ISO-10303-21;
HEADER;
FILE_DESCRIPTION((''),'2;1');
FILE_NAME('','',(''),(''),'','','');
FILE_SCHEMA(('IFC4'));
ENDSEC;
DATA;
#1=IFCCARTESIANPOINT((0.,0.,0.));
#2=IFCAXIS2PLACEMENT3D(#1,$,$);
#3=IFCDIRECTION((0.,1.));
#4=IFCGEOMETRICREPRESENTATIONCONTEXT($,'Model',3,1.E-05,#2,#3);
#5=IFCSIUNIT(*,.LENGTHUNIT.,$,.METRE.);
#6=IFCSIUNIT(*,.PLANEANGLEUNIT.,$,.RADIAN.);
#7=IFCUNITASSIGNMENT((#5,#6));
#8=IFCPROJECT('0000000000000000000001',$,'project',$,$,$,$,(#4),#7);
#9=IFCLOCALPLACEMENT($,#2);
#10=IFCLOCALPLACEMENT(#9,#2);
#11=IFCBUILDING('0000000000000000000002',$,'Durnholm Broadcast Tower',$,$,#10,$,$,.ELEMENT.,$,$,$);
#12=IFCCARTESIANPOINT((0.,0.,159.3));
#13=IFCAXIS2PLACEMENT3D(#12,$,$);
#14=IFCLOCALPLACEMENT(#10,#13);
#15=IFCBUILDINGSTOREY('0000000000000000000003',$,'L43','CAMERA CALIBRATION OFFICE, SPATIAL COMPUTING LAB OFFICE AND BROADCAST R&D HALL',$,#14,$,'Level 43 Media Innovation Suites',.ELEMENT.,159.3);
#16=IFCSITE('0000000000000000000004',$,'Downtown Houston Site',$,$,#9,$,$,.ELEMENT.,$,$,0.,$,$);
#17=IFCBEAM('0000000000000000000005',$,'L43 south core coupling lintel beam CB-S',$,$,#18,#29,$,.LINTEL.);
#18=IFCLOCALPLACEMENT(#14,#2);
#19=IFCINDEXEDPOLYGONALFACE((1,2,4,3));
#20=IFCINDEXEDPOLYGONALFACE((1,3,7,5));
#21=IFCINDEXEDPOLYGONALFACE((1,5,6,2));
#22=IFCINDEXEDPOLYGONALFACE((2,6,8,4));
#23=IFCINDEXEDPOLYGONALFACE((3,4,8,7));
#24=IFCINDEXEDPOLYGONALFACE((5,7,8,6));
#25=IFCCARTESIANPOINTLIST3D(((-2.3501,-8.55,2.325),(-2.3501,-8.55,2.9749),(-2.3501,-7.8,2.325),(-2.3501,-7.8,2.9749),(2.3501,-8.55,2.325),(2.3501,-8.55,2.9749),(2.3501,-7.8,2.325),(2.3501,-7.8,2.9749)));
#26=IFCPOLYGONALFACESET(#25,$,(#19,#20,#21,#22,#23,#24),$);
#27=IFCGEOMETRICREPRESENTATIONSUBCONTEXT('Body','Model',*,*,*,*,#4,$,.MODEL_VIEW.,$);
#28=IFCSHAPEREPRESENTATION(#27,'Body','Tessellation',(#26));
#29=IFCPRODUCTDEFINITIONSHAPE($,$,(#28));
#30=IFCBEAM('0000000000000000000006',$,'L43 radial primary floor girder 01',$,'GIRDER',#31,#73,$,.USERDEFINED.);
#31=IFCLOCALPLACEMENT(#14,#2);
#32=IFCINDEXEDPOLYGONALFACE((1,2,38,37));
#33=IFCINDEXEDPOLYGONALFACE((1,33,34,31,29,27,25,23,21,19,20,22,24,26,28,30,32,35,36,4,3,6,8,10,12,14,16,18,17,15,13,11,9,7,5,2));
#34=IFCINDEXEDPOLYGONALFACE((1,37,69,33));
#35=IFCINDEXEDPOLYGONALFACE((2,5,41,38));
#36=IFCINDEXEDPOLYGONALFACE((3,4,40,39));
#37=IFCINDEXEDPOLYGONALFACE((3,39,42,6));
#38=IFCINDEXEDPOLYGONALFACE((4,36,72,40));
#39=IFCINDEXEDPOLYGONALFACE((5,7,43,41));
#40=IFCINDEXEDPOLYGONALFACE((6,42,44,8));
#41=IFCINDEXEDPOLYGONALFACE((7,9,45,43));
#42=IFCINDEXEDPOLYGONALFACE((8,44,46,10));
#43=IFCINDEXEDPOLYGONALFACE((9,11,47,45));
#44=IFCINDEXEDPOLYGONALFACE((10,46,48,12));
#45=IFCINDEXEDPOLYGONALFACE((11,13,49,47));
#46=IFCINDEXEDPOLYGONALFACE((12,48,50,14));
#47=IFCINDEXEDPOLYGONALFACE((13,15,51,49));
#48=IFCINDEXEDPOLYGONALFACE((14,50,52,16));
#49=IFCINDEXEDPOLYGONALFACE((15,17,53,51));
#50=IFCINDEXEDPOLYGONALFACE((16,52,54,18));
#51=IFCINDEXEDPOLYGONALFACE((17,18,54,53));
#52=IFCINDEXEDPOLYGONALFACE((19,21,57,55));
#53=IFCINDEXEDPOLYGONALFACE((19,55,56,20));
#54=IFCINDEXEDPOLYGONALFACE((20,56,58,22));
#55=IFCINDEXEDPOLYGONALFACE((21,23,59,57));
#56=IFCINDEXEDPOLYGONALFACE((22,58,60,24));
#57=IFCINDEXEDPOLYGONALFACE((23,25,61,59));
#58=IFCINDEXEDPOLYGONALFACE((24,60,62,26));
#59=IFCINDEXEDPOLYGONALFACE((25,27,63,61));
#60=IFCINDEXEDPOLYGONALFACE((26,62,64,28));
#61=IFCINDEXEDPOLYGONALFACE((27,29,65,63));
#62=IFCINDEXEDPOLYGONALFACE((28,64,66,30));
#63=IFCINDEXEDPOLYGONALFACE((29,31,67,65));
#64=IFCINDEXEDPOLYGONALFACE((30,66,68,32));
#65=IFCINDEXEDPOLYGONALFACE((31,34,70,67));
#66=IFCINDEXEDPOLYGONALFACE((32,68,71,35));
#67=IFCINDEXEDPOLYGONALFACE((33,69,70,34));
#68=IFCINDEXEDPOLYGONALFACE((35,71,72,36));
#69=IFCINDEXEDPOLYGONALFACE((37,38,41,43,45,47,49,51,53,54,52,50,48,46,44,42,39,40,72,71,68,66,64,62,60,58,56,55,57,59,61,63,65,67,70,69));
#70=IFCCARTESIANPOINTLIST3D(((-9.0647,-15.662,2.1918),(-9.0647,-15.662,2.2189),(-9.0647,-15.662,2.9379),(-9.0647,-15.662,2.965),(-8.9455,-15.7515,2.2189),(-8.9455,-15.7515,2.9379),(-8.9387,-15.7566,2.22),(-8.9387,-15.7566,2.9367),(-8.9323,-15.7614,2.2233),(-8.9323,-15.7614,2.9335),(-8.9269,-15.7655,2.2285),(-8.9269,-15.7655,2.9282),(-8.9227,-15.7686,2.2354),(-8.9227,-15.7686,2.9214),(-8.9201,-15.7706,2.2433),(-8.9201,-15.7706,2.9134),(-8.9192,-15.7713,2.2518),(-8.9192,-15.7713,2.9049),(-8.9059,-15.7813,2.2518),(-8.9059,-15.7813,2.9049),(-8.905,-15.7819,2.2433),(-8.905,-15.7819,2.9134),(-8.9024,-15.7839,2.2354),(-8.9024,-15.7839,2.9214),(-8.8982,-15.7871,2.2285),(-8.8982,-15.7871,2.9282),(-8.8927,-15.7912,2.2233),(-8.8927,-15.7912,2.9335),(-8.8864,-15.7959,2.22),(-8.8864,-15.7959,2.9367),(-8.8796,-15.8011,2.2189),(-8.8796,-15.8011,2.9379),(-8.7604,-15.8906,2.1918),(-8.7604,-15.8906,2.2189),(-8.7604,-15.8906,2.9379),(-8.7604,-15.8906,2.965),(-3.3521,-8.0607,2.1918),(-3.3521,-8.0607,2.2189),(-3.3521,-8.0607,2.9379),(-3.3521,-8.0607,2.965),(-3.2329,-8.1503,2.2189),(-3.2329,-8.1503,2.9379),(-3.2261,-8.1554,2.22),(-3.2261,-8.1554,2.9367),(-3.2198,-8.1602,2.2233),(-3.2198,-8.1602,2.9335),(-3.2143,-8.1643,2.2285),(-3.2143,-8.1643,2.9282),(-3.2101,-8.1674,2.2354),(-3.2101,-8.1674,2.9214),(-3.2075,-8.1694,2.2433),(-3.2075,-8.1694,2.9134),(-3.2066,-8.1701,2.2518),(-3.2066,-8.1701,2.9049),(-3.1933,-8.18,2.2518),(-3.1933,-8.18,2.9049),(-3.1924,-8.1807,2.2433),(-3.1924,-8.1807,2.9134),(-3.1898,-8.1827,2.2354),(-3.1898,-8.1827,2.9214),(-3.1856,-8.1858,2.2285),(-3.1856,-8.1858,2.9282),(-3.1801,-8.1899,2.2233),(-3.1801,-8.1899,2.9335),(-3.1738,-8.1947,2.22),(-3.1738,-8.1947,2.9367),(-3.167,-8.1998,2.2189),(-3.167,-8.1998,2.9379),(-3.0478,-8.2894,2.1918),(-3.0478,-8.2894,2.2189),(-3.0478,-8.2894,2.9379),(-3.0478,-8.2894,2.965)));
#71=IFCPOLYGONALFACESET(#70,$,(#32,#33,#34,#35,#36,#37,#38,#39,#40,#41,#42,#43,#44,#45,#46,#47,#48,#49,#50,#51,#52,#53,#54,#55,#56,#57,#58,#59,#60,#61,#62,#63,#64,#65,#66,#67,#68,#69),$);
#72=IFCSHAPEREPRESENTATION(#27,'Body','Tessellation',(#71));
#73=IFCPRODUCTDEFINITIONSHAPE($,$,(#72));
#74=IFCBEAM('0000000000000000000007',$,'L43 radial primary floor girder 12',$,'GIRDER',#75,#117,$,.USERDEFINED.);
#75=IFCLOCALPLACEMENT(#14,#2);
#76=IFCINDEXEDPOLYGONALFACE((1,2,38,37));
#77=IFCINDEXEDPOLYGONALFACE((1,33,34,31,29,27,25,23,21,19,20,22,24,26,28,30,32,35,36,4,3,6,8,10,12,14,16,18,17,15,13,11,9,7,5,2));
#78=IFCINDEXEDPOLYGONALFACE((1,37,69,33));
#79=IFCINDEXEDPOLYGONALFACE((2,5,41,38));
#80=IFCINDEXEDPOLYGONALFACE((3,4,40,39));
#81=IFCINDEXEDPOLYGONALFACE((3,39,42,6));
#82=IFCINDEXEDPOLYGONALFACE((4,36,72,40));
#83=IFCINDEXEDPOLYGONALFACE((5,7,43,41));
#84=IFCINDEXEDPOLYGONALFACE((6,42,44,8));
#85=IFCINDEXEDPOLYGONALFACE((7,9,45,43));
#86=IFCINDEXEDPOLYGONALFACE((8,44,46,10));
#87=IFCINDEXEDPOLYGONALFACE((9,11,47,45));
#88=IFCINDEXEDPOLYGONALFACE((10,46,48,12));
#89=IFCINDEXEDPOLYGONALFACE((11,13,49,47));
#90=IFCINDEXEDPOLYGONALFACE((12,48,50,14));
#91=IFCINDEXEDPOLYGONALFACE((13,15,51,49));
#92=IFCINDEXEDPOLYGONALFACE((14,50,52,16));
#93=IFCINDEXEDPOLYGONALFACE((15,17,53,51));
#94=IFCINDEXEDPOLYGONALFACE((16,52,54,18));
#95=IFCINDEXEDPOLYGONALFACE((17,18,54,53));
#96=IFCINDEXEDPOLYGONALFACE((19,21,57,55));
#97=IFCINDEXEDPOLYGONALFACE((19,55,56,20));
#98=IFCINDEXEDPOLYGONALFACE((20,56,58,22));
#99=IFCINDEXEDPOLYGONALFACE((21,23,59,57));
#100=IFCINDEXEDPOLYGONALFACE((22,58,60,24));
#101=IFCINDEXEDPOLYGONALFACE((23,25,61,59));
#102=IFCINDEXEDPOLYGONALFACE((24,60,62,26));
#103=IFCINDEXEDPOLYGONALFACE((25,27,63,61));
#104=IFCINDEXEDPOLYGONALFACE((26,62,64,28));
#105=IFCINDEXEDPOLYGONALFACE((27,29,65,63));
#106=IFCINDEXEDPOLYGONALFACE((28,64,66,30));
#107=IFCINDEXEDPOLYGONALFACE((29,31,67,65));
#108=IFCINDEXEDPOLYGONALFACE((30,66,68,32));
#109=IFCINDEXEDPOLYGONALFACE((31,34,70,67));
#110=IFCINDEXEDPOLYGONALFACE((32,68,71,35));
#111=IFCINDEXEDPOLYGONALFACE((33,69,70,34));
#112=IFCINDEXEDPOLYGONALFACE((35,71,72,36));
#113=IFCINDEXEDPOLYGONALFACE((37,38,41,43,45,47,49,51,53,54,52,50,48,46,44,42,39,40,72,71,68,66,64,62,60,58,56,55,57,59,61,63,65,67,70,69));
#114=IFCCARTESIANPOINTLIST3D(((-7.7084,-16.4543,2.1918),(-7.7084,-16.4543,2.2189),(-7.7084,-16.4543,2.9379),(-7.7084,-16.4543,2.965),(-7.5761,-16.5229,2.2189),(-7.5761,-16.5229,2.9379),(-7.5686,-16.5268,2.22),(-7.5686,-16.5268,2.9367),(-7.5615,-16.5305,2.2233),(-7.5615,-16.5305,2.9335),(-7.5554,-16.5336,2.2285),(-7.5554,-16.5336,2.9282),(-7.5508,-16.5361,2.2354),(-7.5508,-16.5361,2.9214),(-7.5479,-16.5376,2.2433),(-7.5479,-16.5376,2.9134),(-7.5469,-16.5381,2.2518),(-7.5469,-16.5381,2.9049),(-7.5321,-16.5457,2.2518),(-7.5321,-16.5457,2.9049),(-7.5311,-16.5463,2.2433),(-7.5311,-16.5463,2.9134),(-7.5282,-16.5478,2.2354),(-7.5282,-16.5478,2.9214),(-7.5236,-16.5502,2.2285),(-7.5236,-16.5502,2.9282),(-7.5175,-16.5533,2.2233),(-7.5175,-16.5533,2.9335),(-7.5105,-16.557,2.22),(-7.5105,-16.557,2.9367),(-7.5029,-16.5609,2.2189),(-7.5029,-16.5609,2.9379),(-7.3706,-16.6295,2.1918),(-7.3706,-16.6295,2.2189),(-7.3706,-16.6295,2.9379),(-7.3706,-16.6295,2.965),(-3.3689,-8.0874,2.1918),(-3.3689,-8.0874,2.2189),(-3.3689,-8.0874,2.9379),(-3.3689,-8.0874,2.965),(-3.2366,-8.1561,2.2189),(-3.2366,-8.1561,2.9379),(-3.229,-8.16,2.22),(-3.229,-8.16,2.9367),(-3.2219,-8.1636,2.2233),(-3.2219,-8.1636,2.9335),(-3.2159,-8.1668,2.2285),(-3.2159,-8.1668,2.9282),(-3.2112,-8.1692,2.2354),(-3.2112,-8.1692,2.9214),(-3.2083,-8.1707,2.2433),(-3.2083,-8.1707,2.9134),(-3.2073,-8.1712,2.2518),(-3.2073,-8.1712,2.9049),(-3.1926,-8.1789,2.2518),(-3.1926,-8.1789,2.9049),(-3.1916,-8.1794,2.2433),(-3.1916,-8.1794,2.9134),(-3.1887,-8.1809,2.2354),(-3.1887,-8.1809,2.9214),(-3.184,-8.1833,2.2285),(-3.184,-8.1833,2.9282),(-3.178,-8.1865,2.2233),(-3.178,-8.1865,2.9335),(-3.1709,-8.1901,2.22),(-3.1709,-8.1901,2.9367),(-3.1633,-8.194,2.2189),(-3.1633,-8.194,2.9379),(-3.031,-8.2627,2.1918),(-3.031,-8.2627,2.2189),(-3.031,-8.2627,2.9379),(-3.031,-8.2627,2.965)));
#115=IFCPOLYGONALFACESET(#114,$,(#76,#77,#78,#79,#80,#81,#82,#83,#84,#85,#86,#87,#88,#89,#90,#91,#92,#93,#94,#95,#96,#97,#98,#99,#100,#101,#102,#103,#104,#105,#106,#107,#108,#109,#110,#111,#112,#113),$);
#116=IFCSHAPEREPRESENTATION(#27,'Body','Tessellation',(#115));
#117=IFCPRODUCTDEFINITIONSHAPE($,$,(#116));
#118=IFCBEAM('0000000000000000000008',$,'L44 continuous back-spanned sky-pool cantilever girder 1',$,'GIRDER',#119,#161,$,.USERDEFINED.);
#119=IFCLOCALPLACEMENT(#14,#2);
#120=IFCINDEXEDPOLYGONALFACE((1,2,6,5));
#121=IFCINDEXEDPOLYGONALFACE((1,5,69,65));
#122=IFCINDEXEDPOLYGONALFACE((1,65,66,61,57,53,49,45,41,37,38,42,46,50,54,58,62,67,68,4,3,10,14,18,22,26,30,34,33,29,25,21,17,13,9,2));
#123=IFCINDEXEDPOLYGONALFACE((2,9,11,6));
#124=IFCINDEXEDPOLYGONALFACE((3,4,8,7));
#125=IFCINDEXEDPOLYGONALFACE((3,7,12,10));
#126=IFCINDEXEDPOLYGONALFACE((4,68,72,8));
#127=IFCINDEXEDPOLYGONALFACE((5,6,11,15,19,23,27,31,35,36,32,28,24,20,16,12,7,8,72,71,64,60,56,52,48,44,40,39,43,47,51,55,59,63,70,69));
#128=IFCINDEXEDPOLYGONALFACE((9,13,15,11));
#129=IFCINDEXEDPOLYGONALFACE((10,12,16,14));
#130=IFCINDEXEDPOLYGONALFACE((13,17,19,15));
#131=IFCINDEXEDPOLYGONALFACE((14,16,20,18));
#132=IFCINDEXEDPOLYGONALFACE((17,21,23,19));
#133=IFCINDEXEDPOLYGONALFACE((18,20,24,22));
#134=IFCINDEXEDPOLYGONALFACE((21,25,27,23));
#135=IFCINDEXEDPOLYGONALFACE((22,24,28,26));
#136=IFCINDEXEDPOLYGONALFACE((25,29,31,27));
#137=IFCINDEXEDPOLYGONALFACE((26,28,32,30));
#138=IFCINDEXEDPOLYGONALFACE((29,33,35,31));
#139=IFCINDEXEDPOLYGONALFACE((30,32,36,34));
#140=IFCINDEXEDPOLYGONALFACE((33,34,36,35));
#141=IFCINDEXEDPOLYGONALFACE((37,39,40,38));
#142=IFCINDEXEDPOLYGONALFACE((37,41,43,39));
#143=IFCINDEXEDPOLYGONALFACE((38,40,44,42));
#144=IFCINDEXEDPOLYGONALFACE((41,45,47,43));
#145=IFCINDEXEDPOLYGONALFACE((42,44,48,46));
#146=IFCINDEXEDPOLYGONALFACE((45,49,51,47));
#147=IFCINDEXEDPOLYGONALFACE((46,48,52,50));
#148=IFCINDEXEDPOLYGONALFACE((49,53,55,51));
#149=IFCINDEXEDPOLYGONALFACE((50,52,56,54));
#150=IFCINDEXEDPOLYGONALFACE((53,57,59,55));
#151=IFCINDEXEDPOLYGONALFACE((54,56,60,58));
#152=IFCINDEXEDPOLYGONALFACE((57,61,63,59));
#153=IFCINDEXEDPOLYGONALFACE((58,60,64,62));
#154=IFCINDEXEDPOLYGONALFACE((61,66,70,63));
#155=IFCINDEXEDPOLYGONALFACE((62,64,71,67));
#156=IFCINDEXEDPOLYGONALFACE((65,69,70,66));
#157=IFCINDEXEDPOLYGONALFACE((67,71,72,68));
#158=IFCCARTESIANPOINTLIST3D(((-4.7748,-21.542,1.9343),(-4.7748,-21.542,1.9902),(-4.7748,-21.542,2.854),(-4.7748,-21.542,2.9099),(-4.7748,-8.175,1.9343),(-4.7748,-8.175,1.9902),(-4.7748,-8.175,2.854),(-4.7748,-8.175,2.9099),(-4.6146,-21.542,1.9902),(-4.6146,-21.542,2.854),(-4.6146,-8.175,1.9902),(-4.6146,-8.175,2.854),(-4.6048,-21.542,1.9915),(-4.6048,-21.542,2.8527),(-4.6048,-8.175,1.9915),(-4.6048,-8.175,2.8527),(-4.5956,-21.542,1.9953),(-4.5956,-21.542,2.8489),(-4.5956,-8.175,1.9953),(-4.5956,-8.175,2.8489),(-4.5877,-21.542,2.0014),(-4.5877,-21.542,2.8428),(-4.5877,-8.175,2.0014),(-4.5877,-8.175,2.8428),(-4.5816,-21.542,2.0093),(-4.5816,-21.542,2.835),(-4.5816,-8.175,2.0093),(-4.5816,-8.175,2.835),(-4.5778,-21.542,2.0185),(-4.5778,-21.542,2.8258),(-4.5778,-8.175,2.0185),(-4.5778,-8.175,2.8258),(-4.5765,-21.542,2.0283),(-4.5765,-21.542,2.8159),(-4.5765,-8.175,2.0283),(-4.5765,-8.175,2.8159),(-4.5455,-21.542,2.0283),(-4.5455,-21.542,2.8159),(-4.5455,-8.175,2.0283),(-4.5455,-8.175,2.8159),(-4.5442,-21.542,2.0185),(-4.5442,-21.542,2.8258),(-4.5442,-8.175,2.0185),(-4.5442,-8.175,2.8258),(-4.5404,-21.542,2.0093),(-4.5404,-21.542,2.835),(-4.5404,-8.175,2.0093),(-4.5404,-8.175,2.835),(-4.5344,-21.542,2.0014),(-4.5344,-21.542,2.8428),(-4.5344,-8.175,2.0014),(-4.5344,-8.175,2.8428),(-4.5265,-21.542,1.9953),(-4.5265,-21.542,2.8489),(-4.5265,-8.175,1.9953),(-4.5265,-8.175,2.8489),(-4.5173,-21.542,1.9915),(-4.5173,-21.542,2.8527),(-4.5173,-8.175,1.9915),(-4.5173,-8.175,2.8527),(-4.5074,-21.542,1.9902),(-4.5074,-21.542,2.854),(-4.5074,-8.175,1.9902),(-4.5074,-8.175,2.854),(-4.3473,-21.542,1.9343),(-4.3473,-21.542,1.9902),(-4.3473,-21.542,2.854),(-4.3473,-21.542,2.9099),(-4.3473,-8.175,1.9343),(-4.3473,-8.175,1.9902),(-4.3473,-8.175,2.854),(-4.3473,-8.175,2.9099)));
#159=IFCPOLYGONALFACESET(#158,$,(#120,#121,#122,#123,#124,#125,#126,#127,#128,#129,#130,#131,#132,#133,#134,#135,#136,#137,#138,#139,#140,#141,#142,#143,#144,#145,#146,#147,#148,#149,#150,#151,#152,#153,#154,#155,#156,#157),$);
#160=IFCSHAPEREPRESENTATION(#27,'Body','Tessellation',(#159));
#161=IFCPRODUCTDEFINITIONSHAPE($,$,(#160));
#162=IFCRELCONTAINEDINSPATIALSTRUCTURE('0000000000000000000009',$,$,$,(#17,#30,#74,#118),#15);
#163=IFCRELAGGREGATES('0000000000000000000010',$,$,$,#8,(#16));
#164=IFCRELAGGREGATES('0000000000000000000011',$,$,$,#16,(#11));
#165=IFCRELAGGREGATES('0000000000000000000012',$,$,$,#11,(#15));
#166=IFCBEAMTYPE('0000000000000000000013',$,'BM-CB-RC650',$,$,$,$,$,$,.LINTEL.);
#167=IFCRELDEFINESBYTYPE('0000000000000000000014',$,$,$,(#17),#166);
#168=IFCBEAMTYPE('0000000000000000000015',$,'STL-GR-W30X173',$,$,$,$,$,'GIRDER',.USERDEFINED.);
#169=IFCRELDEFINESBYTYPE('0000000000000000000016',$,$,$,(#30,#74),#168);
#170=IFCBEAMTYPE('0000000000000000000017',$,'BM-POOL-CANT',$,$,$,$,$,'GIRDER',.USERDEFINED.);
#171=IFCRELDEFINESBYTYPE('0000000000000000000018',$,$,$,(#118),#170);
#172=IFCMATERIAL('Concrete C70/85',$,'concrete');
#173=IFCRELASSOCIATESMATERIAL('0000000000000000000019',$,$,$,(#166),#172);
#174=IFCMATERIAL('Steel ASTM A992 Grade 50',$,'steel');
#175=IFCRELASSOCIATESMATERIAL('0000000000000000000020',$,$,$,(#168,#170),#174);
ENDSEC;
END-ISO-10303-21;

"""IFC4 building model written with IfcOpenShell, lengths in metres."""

from ifc_helpers import new_model, si_unit, direction, frame, origin, origin_2d, place, context, subcontext, project, spatial, rectangle, i_section, extrude, source, transform, mapped, material, material_profile, profile_set, type_object, type_shapes, element, save


model = new_model("IFC4")

# Units and contexts
model_context = context("Model", 3, precision=1e-05, world=origin(), true_north=direction((0.0, 1.0)))
body_context = subcontext(model_context, "Body", "Model", "MODEL_VIEW")
ifc_project = project(units=[si_unit("LENGTHUNIT", "METRE"), si_unit("PLANEANGLEUNIT", "RADIAN")], contexts=[model_context])

# Site, building, storey
site_placement = place(None, origin())
site = spatial("IfcSite", under=ifc_project, at=site_placement, Name="Downtown Houston Site", CompositionType="ELEMENT", RefElevation=0.0)
building_placement = place(site_placement, origin())
building = spatial("IfcBuilding", under=site, at=building_placement, Name="Durnholm Broadcast Tower", CompositionType="ELEMENT")
storey_placement = place(building_placement, frame((0.0, 0.0, 159.3)))
storey = spatial("IfcBuildingStorey", under=building, at=storey_placement, Name="L43", Description="CAMERA CALIBRATION OFFICE, SPATIAL COMPUTING LAB OFFICE AND BROADCAST R&D HALL", LongName="Level 43 Media Innovation Suites", CompositionType="ELEMENT", Elevation=159.3)

# Beams
ifc_material_1 = material(Name="Concrete C70/85", Category="concrete")
ifc_material_profile_1 = material_profile(ifc_material_1, rectangle(XDim=0.75, YDim=0.6499, at=origin_2d()), Name="RC750X650")
ifc_profile_set_1 = profile_set([ifc_material_profile_1], Name="Concrete C70/85")
beam_type_1 = type_object("IfcBeamType", Name="BM-CB-RC650", PredefinedType="LINTEL", material=ifc_profile_set_1)
shared_shape_1 = source(origin(), body_context, "Body", "SweptSolid", [
    extrude(rectangle(XDim=0.75, YDim=0.6499, at=origin_2d()), origin(), (0.0, 0.0, 1.0), 4.7002),
])
type_shapes(beam_type_1, [shared_shape_1])
beam_1_placement = place(storey_placement, frame((-2.3501, -8.175, 2.6499), z_axis=(1.0, 0.0, 0.0), x_axis=(0.0, 1.0, 0.0)))
element("IfcBeam", 1, at=beam_1_placement, inside=storey, type_object=beam_type_1, Name="L43 south core coupling lintel beam CB-S", PredefinedType="LINTEL", context=body_context, shape_type="MappedRepresentation", body=[
    mapped(shared_shape_1, transform((0.0, 0.0, 0.0), x_axis=(1.0, 0.0, 0.0), y_axis=(0.0, 1.0, 0.0), z_axis=(0.0, 0.0, 1.0), scale=1.0)),
])
ifc_material_2 = material(Name="Steel ASTM A992 Grade 50", Category="steel")
ifc_material_profile_2 = material_profile(ifc_material_2, i_section(OverallWidth=0.3806, OverallDepth=0.7732, WebThickness=0.0166, FlangeThickness=0.0271, FilletRadius=0.033, at=origin_2d()), Name="W30X173")
ifc_profile_set_2 = profile_set([ifc_material_profile_2], Name="Steel ASTM A992 Grade 50")
beam_type_2 = type_object("IfcBeamType", Name="STL-GR-W30X173", ElementType="GIRDER", PredefinedType="USERDEFINED", material=ifc_profile_set_2)
shared_shape_2 = source(origin(), body_context, "Body", "SweptSolid", [
    extrude(i_section(OverallWidth=0.3806, OverallDepth=0.7732, WebThickness=0.0166, FlangeThickness=0.0271, FilletRadius=0.033, at=origin_2d()), origin(), (0.0, 0.0, 1.0), 9.5085),
])
beam_2_placement = place(storey_placement, frame((-3.2, -8.175, 2.5784), z_axis=(-0.600784, -0.799411, 0.0), x_axis=(0.799411, -0.600784, 0.0)))
element("IfcBeam", 2, at=beam_2_placement, inside=storey, type_object=beam_type_2, Name="L43 radial primary floor girder 01", ObjectType="GIRDER", PredefinedType="USERDEFINED", context=body_context, shape_type="MappedRepresentation", body=[
    mapped(shared_shape_2, transform((0.0, 0.0, 0.0), x_axis=(1.0, 0.0, 0.0), y_axis=(0.0, 1.0, 0.0), z_axis=(0.0, 0.0, 1.0), scale=1.0)),
])
shared_shape_3 = source(origin(), body_context, "Body", "SweptSolid", [
    extrude(i_section(OverallWidth=0.3806, OverallDepth=0.7732, WebThickness=0.0166, FlangeThickness=0.0271, FilletRadius=0.033, at=origin_2d()), origin(), (0.0, 0.0, 1.0), 9.4253),
])
type_shapes(beam_type_2, [shared_shape_2, shared_shape_3])
beam_3_placement = place(storey_placement, frame((-3.2, -8.175, 2.5784), z_axis=(-0.460416, -0.887703, 0.0), x_axis=(0.887703, -0.460416, 0.0)))
element("IfcBeam", 3, at=beam_3_placement, inside=storey, type_object=beam_type_2, Name="L43 radial primary floor girder 12", ObjectType="GIRDER", PredefinedType="USERDEFINED", context=body_context, shape_type="MappedRepresentation", body=[
    mapped(shared_shape_3, transform((0.0, 0.0, 0.0), x_axis=(1.0, 0.0, 0.0), y_axis=(0.0, 1.0, 0.0), z_axis=(0.0, 0.0, 1.0), scale=1.0)),
])
ifc_material_profile_3 = material_profile(ifc_material_2, i_section(OverallWidth=0.4275, OverallDepth=0.9756, WebThickness=0.031, FlangeThickness=0.0559, FilletRadius=0.0381, at=origin_2d()), Name="W36X395")
ifc_profile_set_3 = profile_set([ifc_material_profile_3], Name="Steel ASTM A992 Grade 50")
beam_type_3 = type_object("IfcBeamType", Name="BM-POOL-CANT", ElementType="GIRDER", PredefinedType="USERDEFINED", material=ifc_profile_set_3)
shared_shape_4 = source(origin(), body_context, "Body", "SweptSolid", [
    extrude(i_section(OverallWidth=0.4275, OverallDepth=0.9756, WebThickness=0.031, FlangeThickness=0.0559, FilletRadius=0.0381, at=origin_2d()), origin(), (0.0, 0.0, 1.0), 13.3669),
])
type_shapes(beam_type_3, [shared_shape_4])
for number, where, z_axis, x_axis, name in (
    (4, (-4.561, -8.175, 2.4221), (0.0, -1.0, 0.0), (1.0, 0.0, 0.0), "L44 continuous back-spanned sky-pool cantilever girder 1"),
):
    element("IfcBeam", number, at=place(storey_placement, frame(where, z_axis=z_axis, x_axis=x_axis)), inside=storey, type_object=beam_type_3, Name=name, ObjectType="GIRDER", PredefinedType="USERDEFINED", context=body_context, shape_type="MappedRepresentation", body=[
        mapped(shared_shape_4, transform((0.0, 0.0, 0.0), x_axis=(1.0, 0.0, 0.0), y_axis=(0.0, 1.0, 0.0), z_axis=(0.0, 0.0, 1.0), scale=1.0)),
    ])

save(model, "model.ifc")
